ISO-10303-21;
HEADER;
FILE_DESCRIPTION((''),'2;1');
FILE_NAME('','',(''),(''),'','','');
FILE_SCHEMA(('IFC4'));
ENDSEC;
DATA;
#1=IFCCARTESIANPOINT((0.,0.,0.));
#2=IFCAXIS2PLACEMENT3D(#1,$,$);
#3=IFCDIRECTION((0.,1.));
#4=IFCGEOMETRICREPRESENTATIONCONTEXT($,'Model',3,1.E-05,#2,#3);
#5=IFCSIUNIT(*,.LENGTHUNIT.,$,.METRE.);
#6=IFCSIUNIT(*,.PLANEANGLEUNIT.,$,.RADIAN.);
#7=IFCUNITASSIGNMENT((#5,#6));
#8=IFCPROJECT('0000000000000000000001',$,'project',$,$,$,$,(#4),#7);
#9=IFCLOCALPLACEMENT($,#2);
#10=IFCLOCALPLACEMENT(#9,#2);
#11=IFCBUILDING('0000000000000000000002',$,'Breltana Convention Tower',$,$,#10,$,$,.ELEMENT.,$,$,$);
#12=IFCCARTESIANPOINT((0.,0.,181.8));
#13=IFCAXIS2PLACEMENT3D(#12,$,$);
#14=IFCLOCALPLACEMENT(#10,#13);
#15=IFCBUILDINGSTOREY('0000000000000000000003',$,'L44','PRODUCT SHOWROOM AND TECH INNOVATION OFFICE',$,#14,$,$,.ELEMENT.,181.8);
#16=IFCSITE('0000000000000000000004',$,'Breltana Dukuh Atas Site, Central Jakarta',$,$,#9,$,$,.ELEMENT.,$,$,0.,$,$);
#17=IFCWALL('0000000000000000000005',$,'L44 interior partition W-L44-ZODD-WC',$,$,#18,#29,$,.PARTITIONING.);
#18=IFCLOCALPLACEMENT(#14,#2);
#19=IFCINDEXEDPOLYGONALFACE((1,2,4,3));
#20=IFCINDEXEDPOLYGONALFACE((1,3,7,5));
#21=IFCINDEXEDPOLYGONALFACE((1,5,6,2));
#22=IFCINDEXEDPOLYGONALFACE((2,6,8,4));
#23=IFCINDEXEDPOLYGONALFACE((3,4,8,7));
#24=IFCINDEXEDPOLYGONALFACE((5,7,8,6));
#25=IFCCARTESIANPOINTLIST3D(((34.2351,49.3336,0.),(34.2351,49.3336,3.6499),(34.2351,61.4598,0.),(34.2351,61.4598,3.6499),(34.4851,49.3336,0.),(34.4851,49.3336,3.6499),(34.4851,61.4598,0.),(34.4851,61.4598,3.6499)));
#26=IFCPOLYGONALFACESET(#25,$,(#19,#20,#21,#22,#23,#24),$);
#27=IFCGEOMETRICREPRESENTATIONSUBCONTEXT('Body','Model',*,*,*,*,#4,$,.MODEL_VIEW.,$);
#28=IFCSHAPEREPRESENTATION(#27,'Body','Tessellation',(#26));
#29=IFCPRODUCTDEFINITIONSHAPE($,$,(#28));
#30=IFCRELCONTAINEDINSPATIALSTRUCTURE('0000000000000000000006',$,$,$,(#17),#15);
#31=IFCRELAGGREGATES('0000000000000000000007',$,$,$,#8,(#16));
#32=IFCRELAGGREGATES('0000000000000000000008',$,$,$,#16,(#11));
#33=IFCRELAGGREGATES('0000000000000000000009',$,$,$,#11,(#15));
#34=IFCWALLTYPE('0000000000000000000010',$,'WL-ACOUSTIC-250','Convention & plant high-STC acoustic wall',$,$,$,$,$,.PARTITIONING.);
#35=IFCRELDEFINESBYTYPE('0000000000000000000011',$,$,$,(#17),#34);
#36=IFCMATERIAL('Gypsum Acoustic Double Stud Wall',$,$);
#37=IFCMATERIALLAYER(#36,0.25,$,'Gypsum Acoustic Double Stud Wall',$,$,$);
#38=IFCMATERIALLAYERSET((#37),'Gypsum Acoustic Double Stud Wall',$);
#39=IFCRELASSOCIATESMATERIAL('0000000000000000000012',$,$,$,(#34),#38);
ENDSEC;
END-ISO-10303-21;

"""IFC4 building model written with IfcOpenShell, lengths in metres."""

from ifc_helpers import new_model, si_unit, direction, frame, frame_2d, origin, place, context, subcontext, project, spatial, rectangle, extrude, source, transform, mapped, material, layer, layer_set, type_object, element, save


model = new_model("IFC4")

# Units and contexts
model_context = context("Model", 3, precision=1e-05, world=origin(), true_north=direction((0.0, 1.0)))
body_context = subcontext(model_context, "Body", "Model", "MODEL_VIEW")
ifc_project = project(units=[si_unit("LENGTHUNIT", "METRE"), si_unit("PLANEANGLEUNIT", "RADIAN")], contexts=[model_context])

# Site, building, storey
site_placement = place(None, origin())
site = spatial("IfcSite", under=ifc_project, at=site_placement, Name="Breltana Dukuh Atas Site, Central Jakarta", CompositionType="ELEMENT", RefElevation=0.0)
building_placement = place(site_placement, origin())
building = spatial("IfcBuilding", under=site, at=building_placement, Name="Breltana Convention Tower", CompositionType="ELEMENT")
storey_placement = place(building_placement, frame((0.0, 0.0, 181.8)))
storey = spatial("IfcBuildingStorey", under=building, at=storey_placement, Name="L44", Description="PRODUCT SHOWROOM AND TECH INNOVATION OFFICE", CompositionType="ELEMENT", Elevation=181.8)

# Wall
ifc_material_1 = material(Name="Gypsum Acoustic Double Stud Wall")
ifc_layer_1 = layer(ifc_material_1, 0.25, Name="Gypsum Acoustic Double Stud Wall")
ifc_layer_set_1 = layer_set([ifc_layer_1], Name="Gypsum Acoustic Double Stud Wall")
wall_type_1 = type_object("IfcWallType", Name="WL-ACOUSTIC-250", Description="Convention & plant high-STC acoustic wall", PredefinedType="PARTITIONING", material=ifc_layer_set_1)
shared_shape_1 = source(origin(), body_context, "Body", "SweptSolid", [
    extrude(rectangle(XDim=12.1262, YDim=0.25, at=frame_2d((6.063, 0.0))), origin(), (0.0, 0.0, 1.0), 3.6499),
])
wall_1_placement = place(storey_placement, frame((34.3601, 49.3337, 0.0), z_axis=(0.0, 0.0, 1.0), x_axis=(0.0, 1.0, 0.0)))
element("IfcWall", 1, at=wall_1_placement, inside=storey, type_object=wall_type_1, Name="L44 interior partition W-L44-ZODD-WC", PredefinedType="PARTITIONING", context=body_context, shape_type="MappedRepresentation", body=[
    mapped(shared_shape_1, transform((0.0, 0.0, 0.0), scale=1.0)),
])

save(model, "model.ifc")
